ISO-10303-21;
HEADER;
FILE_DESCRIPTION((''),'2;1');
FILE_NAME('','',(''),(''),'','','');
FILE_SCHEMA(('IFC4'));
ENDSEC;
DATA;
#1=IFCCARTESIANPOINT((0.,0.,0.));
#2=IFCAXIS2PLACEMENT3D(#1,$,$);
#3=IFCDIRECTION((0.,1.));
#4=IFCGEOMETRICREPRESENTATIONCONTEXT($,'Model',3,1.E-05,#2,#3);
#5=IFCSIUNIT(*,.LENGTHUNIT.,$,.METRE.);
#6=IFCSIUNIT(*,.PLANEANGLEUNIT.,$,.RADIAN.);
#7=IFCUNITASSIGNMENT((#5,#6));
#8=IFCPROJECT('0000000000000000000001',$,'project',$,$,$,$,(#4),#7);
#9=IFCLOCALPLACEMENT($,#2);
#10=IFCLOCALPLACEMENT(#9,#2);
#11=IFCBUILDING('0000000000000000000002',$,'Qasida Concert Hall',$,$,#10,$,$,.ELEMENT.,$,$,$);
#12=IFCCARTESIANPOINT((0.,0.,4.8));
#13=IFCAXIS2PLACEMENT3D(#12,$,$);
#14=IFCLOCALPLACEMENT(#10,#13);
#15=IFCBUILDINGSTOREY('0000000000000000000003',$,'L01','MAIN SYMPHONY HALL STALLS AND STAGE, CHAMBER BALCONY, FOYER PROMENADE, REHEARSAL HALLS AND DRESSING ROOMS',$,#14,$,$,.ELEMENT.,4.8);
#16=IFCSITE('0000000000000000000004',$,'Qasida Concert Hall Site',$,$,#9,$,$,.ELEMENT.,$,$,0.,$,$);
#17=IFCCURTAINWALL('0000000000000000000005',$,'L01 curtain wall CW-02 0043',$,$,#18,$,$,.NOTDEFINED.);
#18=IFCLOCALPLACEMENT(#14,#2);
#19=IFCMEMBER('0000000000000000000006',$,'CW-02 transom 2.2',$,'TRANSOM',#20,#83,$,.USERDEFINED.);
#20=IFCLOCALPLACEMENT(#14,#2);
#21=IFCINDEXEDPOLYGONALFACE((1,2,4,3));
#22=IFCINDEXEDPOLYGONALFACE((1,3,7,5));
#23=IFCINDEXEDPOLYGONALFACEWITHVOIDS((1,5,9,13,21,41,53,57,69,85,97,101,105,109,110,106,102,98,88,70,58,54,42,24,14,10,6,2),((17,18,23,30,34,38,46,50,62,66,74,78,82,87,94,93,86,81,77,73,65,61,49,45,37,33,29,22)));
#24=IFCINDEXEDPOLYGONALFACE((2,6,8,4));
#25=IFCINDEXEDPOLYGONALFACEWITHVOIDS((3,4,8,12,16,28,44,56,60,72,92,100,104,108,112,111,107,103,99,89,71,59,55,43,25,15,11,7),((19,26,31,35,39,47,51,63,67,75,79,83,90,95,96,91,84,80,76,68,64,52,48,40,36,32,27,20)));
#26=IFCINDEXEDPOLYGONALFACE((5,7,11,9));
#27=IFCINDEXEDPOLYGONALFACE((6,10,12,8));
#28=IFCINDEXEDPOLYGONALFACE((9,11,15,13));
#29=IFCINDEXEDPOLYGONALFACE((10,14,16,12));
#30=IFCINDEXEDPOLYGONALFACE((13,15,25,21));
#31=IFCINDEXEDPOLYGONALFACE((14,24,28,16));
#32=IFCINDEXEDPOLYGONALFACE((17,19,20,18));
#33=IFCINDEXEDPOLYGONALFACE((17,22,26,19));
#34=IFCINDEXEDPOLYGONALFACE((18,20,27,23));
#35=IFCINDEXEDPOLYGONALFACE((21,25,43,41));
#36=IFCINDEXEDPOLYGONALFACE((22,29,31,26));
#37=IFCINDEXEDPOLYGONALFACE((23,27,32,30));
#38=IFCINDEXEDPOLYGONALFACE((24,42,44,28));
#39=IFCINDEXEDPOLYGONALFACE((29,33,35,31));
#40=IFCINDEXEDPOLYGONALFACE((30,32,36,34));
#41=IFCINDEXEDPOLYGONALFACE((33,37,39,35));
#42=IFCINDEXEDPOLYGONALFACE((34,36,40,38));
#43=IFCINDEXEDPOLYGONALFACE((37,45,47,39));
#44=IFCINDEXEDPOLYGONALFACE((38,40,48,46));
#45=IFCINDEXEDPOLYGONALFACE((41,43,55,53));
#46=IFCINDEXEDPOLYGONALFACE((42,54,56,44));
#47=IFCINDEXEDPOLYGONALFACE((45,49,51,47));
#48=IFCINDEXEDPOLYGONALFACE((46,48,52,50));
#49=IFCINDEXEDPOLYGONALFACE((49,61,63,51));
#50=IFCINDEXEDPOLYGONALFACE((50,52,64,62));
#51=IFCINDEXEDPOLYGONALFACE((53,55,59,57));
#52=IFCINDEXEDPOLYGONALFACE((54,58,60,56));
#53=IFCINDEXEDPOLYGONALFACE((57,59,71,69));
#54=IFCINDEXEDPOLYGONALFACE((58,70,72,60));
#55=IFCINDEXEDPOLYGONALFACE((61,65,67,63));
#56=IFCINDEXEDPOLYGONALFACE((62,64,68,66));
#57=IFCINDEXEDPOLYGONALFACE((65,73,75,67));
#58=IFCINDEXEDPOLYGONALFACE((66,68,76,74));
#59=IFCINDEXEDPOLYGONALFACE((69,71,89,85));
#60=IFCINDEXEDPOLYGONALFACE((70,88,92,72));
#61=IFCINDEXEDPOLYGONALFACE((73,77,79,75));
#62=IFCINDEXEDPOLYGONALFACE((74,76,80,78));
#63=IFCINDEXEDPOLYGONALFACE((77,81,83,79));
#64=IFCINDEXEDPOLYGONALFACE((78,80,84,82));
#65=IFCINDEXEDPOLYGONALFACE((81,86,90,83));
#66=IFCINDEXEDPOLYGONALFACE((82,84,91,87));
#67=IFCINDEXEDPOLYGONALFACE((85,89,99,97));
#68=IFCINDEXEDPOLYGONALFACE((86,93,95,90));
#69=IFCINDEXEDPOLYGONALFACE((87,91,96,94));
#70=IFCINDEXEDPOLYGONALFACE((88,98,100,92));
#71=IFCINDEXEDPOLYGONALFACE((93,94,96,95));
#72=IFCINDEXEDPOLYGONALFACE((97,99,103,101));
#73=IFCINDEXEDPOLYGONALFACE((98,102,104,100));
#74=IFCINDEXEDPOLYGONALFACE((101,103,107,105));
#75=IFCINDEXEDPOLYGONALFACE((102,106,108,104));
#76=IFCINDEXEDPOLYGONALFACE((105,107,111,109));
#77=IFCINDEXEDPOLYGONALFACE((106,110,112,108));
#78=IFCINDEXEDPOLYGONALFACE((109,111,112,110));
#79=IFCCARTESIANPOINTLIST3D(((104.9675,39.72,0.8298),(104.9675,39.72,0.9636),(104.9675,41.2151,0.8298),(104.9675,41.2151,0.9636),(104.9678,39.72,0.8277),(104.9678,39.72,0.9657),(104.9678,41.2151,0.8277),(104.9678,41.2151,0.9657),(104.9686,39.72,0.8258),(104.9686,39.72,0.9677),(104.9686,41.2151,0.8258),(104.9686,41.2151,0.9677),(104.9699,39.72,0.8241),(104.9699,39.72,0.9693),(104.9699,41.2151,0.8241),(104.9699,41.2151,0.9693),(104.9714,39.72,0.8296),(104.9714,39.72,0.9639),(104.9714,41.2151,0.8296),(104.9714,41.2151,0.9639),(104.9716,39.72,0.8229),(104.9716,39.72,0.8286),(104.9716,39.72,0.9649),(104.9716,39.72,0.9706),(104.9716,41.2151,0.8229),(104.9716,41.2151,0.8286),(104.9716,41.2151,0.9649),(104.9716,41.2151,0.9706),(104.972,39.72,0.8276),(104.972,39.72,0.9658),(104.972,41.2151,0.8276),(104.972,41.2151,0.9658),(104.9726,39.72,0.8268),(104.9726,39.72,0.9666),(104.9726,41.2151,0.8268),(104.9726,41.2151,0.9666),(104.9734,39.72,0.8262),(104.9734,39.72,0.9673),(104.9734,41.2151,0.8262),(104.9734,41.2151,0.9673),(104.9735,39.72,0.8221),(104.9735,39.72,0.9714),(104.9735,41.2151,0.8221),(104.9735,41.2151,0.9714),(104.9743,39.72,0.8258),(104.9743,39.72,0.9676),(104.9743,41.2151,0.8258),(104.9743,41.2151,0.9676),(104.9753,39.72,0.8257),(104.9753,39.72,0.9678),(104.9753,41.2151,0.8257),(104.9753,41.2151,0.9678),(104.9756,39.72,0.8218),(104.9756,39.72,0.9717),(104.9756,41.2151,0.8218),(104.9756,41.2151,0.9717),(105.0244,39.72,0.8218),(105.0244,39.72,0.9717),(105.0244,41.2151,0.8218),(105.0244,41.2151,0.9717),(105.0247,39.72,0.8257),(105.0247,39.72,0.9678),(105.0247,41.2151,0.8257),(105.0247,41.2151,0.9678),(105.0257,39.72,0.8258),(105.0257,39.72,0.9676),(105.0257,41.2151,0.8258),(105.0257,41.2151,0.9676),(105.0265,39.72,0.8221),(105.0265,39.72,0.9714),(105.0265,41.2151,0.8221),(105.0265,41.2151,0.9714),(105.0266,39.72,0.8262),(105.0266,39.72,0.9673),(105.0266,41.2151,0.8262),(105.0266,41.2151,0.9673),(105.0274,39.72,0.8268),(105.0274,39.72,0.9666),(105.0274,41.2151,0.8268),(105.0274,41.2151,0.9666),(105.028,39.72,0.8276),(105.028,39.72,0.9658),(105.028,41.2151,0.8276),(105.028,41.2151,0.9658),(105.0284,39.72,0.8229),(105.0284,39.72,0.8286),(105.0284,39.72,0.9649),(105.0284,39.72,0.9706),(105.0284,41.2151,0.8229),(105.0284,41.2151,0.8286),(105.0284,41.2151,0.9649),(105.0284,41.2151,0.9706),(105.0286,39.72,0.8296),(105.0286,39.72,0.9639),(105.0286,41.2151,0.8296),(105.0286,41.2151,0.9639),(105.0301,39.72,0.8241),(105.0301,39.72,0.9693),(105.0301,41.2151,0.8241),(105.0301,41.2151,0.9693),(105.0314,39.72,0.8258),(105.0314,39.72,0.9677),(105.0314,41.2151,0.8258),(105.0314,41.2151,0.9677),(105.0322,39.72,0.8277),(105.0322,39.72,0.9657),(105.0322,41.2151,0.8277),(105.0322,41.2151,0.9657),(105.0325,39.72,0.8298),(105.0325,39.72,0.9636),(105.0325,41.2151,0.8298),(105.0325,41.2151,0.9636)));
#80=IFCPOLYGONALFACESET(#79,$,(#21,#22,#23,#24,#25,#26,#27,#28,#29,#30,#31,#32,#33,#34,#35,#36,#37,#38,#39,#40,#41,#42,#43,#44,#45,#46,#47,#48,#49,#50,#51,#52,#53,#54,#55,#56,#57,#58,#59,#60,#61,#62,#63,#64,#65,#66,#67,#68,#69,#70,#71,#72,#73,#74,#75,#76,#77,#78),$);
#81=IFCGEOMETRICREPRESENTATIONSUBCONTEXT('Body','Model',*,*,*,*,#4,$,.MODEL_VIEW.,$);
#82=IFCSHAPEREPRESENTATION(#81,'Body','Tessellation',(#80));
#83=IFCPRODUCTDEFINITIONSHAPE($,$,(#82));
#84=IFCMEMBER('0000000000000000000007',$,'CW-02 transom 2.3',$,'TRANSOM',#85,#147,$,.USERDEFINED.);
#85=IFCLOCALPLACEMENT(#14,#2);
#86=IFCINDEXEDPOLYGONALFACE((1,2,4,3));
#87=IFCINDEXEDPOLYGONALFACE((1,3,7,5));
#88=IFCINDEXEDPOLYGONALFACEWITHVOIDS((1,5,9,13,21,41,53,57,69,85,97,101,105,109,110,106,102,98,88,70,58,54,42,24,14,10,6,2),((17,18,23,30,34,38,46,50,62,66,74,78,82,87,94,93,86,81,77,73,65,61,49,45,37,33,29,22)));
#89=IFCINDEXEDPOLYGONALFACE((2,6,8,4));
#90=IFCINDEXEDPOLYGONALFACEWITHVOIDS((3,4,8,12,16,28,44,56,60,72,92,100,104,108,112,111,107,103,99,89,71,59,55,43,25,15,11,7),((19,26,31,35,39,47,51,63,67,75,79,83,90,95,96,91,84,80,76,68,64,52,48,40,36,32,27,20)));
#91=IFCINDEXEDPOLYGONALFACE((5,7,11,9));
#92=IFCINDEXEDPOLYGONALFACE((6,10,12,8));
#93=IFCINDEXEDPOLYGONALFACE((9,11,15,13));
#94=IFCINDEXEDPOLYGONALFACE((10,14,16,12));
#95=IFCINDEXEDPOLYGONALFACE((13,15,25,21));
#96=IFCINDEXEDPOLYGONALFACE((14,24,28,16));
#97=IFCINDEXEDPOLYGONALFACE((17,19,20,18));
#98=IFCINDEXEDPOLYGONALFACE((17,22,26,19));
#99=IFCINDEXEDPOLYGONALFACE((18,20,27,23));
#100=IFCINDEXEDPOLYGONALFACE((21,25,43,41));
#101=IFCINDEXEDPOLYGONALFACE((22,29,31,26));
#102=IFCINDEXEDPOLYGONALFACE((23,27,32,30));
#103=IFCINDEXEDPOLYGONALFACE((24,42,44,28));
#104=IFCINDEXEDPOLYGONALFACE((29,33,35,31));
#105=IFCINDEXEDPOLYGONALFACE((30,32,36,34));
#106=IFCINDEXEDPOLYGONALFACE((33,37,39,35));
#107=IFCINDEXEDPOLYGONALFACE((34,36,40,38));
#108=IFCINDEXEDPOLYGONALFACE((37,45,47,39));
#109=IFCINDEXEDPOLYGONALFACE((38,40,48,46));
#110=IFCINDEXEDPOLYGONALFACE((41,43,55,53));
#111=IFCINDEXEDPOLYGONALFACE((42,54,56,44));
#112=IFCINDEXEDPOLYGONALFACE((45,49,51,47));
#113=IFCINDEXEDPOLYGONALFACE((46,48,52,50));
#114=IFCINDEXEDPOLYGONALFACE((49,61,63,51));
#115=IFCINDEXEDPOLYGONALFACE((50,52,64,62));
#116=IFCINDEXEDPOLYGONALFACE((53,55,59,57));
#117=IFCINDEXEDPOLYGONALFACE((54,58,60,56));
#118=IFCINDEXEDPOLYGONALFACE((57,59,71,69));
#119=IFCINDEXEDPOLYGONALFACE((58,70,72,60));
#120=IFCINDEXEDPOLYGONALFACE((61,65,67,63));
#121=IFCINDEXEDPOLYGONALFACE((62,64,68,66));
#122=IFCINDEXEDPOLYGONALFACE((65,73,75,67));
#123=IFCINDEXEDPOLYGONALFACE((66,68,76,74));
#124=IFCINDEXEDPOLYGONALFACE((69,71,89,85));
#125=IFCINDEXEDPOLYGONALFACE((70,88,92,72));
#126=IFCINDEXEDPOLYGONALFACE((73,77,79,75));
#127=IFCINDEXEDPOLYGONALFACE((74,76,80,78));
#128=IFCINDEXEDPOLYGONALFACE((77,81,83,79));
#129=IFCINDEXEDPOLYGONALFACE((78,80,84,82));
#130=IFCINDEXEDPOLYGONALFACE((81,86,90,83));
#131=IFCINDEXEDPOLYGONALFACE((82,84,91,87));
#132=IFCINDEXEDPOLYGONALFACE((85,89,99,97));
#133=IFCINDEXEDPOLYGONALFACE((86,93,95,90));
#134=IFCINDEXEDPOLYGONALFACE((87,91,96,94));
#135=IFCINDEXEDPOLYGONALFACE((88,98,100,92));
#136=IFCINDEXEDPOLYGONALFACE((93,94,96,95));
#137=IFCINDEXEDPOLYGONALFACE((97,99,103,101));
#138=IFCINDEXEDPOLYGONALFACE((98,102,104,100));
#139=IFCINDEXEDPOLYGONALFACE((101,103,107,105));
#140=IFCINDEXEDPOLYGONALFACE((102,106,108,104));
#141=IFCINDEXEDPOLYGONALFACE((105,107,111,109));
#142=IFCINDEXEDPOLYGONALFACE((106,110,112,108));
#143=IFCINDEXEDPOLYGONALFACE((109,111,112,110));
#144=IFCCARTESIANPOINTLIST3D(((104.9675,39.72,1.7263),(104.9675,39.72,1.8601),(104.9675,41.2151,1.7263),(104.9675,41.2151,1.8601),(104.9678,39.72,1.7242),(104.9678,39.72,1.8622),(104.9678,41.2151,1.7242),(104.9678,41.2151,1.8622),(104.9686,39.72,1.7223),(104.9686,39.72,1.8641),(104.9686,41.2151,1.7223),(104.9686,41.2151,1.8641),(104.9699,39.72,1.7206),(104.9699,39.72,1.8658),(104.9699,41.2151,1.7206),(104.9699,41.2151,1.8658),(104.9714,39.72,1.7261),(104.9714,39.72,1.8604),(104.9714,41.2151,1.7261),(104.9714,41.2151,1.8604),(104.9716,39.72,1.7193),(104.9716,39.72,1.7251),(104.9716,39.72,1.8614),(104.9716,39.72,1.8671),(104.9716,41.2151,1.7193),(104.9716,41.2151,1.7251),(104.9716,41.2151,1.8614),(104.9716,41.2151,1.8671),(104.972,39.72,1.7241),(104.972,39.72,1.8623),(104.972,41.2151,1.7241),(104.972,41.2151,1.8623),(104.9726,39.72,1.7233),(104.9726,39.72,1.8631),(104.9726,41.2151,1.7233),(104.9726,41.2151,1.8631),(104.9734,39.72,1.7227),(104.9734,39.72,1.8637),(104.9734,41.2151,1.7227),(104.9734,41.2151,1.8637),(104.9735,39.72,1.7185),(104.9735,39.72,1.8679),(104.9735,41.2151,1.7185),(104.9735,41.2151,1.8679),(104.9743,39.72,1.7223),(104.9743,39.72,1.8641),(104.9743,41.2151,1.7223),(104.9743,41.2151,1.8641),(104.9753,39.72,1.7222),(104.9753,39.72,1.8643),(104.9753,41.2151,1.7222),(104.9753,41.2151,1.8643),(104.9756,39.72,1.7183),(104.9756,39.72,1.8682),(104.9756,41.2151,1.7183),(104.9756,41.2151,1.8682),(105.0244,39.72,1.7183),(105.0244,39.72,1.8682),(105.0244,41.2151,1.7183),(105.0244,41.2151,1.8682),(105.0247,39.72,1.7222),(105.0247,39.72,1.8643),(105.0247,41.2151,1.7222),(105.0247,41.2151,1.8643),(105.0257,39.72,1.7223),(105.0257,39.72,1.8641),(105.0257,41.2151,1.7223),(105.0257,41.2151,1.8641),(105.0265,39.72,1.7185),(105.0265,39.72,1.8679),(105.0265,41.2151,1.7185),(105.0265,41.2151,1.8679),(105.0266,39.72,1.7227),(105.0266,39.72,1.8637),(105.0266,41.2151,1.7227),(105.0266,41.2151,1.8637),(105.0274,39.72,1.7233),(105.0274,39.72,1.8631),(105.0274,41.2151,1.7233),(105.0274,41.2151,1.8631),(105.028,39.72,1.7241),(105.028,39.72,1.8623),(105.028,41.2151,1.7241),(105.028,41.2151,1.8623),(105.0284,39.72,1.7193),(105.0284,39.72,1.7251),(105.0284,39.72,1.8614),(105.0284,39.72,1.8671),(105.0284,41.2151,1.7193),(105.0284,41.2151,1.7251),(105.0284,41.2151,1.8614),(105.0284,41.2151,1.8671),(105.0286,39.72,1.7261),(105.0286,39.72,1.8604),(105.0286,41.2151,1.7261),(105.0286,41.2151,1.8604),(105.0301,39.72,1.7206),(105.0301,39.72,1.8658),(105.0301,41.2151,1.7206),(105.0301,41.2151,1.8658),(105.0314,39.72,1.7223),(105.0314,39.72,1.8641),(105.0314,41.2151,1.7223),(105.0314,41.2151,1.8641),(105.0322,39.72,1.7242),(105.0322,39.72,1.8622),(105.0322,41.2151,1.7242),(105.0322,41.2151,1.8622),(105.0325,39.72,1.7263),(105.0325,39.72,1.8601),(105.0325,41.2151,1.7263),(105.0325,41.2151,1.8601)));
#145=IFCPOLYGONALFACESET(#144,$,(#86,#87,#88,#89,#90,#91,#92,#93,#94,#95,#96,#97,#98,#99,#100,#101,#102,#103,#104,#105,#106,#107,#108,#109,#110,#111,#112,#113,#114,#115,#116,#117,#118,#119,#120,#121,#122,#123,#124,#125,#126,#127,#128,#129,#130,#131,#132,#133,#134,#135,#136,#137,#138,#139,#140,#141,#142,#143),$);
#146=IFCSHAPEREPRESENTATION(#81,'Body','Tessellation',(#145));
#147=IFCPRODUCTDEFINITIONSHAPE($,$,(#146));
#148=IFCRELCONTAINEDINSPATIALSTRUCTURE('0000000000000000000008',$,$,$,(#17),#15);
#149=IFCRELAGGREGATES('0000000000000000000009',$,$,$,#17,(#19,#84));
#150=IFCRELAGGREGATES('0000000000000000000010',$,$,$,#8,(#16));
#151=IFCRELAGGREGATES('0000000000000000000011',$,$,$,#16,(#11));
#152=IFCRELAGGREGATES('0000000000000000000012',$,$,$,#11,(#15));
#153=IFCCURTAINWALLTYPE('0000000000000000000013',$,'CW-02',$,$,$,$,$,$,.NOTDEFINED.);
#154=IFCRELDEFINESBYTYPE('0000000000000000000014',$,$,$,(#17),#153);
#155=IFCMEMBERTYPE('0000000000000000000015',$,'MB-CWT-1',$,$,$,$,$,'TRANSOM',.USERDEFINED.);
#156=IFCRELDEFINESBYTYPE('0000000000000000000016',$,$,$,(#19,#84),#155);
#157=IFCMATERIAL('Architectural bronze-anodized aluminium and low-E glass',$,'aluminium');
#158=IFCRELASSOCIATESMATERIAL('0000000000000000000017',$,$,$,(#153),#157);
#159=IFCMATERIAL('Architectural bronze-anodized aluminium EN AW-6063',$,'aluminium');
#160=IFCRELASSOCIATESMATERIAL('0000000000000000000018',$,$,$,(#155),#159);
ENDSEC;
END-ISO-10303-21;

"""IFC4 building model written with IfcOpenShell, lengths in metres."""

from ifc_helpers import new_model, si_unit, direction, frame, origin, origin_2d, place, context, subcontext, project, spatial, hollow_rectangle, extrude, material, material_profile, profile_set, type_object, element, aggregate, save


model = new_model("IFC4")

# Units and contexts
model_context = context("Model", 3, precision=1e-05, world=origin(), true_north=direction((0.0, 1.0)))
body_context = subcontext(model_context, "Body", "Model", "MODEL_VIEW")
ifc_project = project(units=[si_unit("LENGTHUNIT", "METRE"), si_unit("PLANEANGLEUNIT", "RADIAN")], contexts=[model_context])

# Site, building, storey
site_placement = place(None, origin())
site = spatial("IfcSite", under=ifc_project, at=site_placement, Name="Qasida Concert Hall Site", CompositionType="ELEMENT", RefElevation=0.0)
building_placement = place(site_placement, origin())
building = spatial("IfcBuilding", under=site, at=building_placement, Name="Qasida Concert Hall", CompositionType="ELEMENT")
storey_placement = place(building_placement, frame((0.0, 0.0, 4.8)))
storey = spatial("IfcBuildingStorey", under=building, at=storey_placement, Name="L01", Description="MAIN SYMPHONY HALL STALLS AND STAGE, CHAMBER BALCONY, FOYER PROMENADE, REHEARSAL HALLS AND DRESSING ROOMS", CompositionType="ELEMENT", Elevation=4.8)

# Curtain wall, members
ifc_material_1 = material(Name="Architectural bronze-anodized aluminium and low-E glass", Category="aluminium")
curtain_wall_type = type_object("IfcCurtainWallType", Name="CW-02", PredefinedType="NOTDEFINED", material=ifc_material_1)
curtain_wall_placement = place(storey_placement, origin())
curtain_wall = element("IfcCurtainWall", 1, at=curtain_wall_placement, inside=storey, type_object=curtain_wall_type, Name="L01 curtain wall CW-02 0043", PredefinedType="NOTDEFINED")
ifc_material_2 = material(Name="Architectural bronze-anodized aluminium EN AW-6063", Category="aluminium")
ifc_material_profile_1 = material_profile(ifc_material_2, hollow_rectangle(XDim=0.0649, YDim=0.1499, WallThickness=0.0039, InnerFilletRadius=0.0039, OuterFilletRadius=0.0081, at=origin_2d()), Name="CWT 150x65x4")
ifc_profile_set_1 = profile_set([ifc_material_profile_1], Name="Architectural bronze-anodized aluminium EN AW-6063")
member_type_1 = type_object("IfcMemberType", Name="MB-CWT-1", ElementType="TRANSOM", PredefinedType="USERDEFINED", material=ifc_profile_set_1)
member_1_placement = place(storey_placement, frame((105.0, 39.72, 0.8967), z_axis=(0.0, 1.0, 0.0), x_axis=(-1.0, 0.0, 0.0)))
member_1 = element("IfcMember", 2, at=member_1_placement, type_object=member_type_1, Name="CW-02 transom 2.2", ObjectType="TRANSOM", PredefinedType="USERDEFINED", context=body_context, shape_type="SweptSolid", body=[
    extrude(hollow_rectangle(XDim=0.0649, YDim=0.1499, WallThickness=0.0039, InnerFilletRadius=0.0039, OuterFilletRadius=0.0081, at=origin_2d()), origin(), (0.0, 0.0, 1.0), 1.4951),
])
member_2_placement = place(storey_placement, frame((105.0, 39.72, 1.7932), z_axis=(0.0, 1.0, 0.0), x_axis=(-1.0, 0.0, 0.0)))
member_2 = element("IfcMember", 3, at=member_2_placement, type_object=member_type_1, Name="CW-02 transom 2.3", ObjectType="TRANSOM", PredefinedType="USERDEFINED", context=body_context, shape_type="SweptSolid", body=[
    extrude(hollow_rectangle(XDim=0.0649, YDim=0.1499, WallThickness=0.0039, InnerFilletRadius=0.0039, OuterFilletRadius=0.0081, at=origin_2d()), origin(), (0.0, 0.0, 1.0), 1.4951),
])
aggregate(curtain_wall, [member_1, member_2])

save(model, "model.ifc")
